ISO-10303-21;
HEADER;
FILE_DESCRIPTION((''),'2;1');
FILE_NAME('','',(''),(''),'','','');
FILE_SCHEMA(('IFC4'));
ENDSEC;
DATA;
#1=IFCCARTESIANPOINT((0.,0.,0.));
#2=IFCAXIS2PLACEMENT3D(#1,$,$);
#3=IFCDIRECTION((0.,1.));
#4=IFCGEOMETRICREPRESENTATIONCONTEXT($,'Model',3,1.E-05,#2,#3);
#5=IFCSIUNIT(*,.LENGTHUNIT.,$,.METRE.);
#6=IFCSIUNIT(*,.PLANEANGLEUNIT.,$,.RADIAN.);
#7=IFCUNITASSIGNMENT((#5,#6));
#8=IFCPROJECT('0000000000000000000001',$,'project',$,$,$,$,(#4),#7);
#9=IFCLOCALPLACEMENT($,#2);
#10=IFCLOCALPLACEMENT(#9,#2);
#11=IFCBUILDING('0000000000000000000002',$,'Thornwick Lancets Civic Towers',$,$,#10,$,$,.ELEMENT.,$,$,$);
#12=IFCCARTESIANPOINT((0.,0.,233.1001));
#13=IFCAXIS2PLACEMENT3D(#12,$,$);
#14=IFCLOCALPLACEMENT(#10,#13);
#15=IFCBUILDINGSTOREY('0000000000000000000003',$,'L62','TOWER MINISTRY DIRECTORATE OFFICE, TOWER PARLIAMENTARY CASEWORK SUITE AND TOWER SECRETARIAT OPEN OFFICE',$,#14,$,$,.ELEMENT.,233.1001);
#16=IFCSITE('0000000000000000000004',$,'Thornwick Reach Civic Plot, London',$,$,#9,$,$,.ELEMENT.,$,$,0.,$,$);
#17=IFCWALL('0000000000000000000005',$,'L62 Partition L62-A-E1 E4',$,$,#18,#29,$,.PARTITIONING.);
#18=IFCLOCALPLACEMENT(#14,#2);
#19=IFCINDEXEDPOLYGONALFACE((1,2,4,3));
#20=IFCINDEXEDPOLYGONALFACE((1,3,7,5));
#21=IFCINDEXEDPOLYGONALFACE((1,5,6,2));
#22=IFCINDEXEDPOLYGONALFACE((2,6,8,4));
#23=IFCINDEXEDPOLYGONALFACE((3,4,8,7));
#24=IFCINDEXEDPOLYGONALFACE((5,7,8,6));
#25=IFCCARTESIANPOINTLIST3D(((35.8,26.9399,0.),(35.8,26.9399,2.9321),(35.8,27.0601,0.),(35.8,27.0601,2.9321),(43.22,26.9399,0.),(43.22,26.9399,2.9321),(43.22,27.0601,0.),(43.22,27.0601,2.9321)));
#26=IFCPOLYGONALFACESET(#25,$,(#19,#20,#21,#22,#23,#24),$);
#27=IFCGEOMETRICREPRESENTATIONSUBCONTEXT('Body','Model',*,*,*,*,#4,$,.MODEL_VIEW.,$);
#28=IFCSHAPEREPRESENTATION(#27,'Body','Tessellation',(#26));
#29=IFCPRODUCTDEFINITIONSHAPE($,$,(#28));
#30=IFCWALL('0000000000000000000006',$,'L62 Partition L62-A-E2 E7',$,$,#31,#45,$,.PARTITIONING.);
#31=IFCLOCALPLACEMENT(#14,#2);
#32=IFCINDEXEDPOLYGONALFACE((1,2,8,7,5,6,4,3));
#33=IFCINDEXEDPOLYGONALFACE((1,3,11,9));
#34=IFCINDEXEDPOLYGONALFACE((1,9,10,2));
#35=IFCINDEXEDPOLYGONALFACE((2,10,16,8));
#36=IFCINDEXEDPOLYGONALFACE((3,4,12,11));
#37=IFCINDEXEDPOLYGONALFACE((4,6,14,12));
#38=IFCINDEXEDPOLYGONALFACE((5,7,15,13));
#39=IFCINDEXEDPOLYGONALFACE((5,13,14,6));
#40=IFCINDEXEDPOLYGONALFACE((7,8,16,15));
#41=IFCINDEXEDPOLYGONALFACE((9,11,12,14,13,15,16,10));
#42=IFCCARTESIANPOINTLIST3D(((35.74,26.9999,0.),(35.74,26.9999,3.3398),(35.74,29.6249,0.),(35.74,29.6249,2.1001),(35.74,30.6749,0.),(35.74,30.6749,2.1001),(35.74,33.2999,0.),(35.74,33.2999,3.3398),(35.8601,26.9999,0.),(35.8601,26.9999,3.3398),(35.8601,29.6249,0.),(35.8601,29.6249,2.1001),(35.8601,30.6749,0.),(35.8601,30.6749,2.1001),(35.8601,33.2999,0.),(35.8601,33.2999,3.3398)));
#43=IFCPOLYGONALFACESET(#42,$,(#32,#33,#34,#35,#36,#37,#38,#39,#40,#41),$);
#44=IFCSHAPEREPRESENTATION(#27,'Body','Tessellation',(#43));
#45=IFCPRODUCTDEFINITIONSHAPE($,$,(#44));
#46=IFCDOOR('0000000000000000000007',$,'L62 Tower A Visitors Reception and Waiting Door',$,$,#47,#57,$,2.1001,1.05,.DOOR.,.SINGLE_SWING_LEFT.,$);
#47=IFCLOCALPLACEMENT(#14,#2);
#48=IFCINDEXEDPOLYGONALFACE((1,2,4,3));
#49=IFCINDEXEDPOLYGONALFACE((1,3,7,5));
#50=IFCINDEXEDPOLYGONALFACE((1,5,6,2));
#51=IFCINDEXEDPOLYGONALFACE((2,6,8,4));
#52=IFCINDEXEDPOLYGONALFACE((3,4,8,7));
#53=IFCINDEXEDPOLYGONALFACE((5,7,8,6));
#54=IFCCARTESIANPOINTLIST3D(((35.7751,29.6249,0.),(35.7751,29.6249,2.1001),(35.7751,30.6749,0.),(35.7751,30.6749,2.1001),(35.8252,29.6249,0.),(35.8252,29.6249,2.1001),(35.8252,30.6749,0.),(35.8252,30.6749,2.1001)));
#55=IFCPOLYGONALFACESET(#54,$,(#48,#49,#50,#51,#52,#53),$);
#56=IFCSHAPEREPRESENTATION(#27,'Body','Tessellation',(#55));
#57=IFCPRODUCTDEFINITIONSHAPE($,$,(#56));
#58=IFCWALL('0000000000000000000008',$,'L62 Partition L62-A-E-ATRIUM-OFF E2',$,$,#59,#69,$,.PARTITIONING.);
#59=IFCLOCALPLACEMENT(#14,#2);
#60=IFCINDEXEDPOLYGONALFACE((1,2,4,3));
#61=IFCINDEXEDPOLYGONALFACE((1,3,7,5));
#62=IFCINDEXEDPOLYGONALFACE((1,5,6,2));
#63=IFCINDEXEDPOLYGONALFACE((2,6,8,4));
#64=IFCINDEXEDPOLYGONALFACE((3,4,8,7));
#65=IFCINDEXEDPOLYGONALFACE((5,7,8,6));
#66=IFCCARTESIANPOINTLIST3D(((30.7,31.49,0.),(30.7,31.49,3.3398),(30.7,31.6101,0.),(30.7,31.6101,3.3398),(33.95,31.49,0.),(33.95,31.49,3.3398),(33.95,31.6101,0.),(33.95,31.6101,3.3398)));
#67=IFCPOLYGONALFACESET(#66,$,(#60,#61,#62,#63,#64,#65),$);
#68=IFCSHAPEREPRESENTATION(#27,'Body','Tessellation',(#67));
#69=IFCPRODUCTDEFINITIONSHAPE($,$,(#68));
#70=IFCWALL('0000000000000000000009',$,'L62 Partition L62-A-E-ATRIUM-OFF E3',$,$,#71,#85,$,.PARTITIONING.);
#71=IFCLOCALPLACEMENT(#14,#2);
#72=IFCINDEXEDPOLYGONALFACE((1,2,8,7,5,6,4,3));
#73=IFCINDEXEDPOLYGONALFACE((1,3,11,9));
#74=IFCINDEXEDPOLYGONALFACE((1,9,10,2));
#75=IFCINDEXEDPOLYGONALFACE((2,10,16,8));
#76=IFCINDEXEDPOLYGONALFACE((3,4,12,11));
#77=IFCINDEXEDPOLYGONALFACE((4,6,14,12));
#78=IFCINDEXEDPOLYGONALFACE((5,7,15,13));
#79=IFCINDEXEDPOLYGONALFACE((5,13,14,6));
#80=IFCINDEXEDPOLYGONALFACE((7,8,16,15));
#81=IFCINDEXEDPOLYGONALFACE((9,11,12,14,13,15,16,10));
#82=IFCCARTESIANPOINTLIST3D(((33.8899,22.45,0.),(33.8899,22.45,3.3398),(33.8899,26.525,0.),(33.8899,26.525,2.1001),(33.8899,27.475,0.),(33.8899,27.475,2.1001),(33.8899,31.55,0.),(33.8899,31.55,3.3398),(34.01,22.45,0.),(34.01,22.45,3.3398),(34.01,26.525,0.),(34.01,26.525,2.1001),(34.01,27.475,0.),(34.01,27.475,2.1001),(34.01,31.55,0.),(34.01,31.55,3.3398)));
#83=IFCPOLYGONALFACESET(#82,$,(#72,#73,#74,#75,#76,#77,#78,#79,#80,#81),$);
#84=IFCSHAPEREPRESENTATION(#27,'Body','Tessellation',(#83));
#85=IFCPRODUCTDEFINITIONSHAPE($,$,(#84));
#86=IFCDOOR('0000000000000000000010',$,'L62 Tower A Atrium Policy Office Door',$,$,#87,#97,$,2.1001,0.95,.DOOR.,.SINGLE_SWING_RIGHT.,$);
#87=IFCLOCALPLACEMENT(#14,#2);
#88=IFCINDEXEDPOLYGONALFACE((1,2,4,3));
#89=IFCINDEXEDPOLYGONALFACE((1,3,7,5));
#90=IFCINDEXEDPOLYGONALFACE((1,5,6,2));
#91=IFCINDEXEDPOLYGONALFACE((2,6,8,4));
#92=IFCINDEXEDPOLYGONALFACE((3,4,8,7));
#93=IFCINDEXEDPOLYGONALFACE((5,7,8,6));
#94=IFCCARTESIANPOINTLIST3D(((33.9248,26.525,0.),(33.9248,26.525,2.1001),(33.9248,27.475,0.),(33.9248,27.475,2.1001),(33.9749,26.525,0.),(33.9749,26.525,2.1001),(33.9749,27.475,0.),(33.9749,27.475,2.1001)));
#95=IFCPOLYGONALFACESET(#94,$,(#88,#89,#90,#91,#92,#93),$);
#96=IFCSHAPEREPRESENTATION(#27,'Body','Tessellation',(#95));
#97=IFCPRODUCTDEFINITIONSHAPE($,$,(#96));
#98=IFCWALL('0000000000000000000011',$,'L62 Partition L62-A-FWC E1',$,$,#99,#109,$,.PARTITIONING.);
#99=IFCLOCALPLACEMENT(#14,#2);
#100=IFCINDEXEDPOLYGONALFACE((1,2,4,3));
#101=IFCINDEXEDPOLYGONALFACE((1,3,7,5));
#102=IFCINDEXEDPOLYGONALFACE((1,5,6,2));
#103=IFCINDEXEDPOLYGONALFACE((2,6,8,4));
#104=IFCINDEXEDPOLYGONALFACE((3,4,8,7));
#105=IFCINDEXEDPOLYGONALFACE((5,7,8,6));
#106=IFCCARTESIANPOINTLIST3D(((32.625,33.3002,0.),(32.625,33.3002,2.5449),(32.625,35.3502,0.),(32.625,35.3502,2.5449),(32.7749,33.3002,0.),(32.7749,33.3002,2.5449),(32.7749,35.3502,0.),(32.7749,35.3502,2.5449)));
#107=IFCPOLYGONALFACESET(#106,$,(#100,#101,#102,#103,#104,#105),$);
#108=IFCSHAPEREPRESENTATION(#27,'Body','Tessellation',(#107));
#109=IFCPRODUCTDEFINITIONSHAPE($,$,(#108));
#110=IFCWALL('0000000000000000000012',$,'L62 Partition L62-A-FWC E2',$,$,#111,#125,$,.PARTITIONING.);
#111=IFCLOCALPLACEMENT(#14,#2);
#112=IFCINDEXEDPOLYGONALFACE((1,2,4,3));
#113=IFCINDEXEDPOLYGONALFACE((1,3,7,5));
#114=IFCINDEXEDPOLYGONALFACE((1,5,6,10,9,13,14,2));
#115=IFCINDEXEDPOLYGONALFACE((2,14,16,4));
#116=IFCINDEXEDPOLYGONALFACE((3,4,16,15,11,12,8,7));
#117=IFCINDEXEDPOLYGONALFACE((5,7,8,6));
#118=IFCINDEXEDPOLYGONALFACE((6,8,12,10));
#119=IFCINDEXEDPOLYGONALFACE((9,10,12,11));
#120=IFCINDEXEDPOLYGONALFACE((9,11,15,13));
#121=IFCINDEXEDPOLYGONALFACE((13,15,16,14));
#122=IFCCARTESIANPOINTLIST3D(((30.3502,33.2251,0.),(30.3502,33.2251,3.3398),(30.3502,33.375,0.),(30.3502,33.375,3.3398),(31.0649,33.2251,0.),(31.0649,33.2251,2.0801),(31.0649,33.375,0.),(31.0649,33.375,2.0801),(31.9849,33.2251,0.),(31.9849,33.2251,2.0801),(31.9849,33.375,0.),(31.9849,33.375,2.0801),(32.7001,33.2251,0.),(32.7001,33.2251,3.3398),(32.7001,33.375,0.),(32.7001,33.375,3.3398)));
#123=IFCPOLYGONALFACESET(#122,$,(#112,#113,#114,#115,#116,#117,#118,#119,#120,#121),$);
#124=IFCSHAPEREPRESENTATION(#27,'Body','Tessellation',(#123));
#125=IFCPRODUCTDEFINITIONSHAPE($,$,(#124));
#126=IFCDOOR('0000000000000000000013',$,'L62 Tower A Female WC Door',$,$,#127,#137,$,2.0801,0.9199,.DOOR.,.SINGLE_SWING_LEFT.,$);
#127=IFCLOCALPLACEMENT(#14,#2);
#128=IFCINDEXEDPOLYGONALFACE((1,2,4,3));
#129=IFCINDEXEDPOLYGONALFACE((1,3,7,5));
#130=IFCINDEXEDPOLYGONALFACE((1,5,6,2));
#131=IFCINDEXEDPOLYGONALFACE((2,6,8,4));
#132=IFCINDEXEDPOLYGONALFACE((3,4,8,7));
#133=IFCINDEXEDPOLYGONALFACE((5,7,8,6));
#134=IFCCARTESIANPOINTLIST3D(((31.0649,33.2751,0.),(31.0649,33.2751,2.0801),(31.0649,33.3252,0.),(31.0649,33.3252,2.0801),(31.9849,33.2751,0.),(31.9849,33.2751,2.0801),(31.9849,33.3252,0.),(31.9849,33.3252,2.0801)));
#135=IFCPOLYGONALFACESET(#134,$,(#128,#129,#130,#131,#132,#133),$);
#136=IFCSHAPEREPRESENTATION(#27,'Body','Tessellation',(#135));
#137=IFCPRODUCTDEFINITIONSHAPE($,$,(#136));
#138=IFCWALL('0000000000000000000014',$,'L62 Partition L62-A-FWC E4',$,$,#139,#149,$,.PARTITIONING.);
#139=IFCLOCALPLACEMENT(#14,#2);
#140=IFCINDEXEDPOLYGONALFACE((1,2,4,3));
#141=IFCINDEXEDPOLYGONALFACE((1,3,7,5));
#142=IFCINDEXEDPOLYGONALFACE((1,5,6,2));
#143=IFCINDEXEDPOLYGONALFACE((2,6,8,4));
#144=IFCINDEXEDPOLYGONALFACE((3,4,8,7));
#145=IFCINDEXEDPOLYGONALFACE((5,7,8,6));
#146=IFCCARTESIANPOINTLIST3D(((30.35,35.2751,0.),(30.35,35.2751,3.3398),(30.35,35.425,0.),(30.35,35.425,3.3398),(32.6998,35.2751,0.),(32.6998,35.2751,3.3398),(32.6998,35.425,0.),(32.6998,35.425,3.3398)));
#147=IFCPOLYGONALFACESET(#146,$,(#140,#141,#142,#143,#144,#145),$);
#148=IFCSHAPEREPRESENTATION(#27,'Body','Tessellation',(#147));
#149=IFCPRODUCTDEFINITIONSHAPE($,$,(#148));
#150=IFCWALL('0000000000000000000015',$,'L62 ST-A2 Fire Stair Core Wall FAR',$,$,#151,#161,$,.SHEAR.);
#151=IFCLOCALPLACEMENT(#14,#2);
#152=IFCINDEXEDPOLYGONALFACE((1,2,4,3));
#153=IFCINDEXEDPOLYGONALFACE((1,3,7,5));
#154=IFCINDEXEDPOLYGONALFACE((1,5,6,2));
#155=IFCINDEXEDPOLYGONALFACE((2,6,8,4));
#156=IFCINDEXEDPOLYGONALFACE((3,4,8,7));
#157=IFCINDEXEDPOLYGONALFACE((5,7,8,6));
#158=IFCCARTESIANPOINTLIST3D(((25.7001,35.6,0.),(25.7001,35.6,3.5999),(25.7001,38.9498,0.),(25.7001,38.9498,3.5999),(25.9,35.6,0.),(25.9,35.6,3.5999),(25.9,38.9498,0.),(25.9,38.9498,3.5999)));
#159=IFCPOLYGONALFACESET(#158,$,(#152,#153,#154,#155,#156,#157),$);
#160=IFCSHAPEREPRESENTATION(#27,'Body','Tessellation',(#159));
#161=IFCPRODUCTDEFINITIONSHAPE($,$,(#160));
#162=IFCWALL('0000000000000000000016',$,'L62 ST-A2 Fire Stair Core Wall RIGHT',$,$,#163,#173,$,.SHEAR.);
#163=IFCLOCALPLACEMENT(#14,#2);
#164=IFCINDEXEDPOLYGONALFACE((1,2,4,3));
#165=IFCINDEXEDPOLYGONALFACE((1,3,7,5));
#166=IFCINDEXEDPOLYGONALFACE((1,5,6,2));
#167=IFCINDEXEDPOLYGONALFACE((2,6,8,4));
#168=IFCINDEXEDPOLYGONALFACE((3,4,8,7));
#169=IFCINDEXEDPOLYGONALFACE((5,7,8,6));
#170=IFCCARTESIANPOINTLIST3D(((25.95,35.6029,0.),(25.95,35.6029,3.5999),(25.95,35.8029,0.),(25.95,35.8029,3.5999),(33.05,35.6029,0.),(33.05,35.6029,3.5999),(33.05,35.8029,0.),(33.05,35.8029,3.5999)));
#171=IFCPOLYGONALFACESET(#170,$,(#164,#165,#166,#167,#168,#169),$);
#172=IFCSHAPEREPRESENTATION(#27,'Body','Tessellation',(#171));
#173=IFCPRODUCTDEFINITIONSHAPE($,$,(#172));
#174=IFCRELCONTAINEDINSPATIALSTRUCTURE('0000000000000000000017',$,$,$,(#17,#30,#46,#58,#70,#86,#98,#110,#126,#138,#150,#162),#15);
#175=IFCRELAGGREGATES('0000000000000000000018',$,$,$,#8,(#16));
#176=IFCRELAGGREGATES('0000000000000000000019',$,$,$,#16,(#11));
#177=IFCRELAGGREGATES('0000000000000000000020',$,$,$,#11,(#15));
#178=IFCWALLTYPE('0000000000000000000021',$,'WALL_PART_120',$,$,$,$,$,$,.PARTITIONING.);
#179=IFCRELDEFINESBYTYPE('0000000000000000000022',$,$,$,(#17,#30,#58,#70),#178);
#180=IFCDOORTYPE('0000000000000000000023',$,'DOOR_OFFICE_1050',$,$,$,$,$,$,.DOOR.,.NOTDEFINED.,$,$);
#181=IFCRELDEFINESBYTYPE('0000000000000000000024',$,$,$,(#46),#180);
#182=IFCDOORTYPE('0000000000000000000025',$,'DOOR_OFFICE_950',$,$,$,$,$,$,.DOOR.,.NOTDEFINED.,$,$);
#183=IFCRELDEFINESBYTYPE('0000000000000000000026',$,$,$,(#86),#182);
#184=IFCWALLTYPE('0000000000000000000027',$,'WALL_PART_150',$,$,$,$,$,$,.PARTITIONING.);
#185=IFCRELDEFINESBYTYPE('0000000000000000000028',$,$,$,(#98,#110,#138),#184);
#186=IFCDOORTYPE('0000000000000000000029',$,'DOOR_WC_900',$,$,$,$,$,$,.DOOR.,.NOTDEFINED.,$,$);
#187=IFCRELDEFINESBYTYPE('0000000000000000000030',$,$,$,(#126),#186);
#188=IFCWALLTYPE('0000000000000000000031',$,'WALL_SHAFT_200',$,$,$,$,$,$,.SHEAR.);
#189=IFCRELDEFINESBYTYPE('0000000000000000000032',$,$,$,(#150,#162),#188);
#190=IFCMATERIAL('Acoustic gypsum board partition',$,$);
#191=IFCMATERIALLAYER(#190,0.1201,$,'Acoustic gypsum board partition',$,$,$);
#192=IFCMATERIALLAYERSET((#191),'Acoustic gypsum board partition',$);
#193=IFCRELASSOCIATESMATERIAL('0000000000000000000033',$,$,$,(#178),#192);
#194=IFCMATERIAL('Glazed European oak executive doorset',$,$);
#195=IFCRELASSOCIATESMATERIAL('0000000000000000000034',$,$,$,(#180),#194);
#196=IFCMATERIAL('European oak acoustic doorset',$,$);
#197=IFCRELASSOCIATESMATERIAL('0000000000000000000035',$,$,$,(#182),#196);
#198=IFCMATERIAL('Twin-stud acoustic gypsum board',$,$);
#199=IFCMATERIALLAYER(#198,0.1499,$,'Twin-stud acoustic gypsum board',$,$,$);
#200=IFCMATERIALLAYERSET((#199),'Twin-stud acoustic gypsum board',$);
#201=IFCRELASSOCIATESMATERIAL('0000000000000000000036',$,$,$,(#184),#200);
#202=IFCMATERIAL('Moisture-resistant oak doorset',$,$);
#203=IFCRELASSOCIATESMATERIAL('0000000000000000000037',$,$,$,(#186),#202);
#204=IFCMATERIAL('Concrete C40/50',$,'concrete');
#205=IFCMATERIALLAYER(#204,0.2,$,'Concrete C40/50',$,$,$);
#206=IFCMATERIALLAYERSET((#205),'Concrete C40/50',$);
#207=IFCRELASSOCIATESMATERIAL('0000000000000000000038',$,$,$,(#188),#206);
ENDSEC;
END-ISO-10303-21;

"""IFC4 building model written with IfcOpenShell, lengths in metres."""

from ifc_helpers import new_model, si_unit, direction, frame, frame_2d, origin, place, context, subcontext, project, spatial, rectangle, extrude, material, layer, layer_set, type_object, element, fill, save


model = new_model("IFC4")

# Units and contexts
model_context = context("Model", 3, precision=1e-05, world=origin(), true_north=direction((0.0, 1.0)))
body_context = subcontext(model_context, "Body", "Model", "MODEL_VIEW")
ifc_project = project(units=[si_unit("LENGTHUNIT", "METRE"), si_unit("PLANEANGLEUNIT", "RADIAN")], contexts=[model_context])

# Site, building, storey
site_placement = place(None, origin())
site = spatial("IfcSite", under=ifc_project, at=site_placement, Name="Thornwick Reach Civic Plot, London", CompositionType="ELEMENT", RefElevation=0.0)
building_placement = place(site_placement, origin())
building = spatial("IfcBuilding", under=site, at=building_placement, Name="Thornwick Lancets Civic Towers", CompositionType="ELEMENT")
storey_placement = place(building_placement, frame((0.0, 0.0, 233.1001)))
storey = spatial("IfcBuildingStorey", under=building, at=storey_placement, Name="L62", Description="TOWER MINISTRY DIRECTORATE OFFICE, TOWER PARLIAMENTARY CASEWORK SUITE AND TOWER SECRETARIAT OPEN OFFICE", CompositionType="ELEMENT", Elevation=233.1001)

# Wall
ifc_material_1 = material(Name="Acoustic gypsum board partition")
ifc_layer_1 = layer(ifc_material_1, 0.1201, Name="Acoustic gypsum board partition")
ifc_layer_set_1 = layer_set([ifc_layer_1], Name="Acoustic gypsum board partition")
wall_type_1 = type_object("IfcWallType", Name="WALL_PART_120", PredefinedType="PARTITIONING", material=ifc_layer_set_1)
wall_1_placement = place(storey_placement, frame((35.8, 27.0, 0.0), z_axis=(0.0, 0.0, 1.0), x_axis=(1.0, 0.0, 0.0)))
element("IfcWall", 1, at=wall_1_placement, inside=storey, type_object=wall_type_1, Name="L62 Partition L62-A-E1 E4", PredefinedType="PARTITIONING", context=body_context, shape_type="SweptSolid", body=[
    extrude(rectangle(XDim=7.4199, YDim=0.1201, at=frame_2d((3.71, 0.0))), origin(), (0.0, 0.0, 1.0), 2.9321),
])

# Wall, opening, door
wall_2_placement = place(storey_placement, frame((35.8, 27.0, 0.0), z_axis=(0.0, 0.0, 1.0), x_axis=(0.0, 1.0, 0.0)))
wall_2 = element("IfcWall", 2, at=wall_2_placement, inside=storey, type_object=wall_type_1, Name="L62 Partition L62-A-E2 E7", PredefinedType="PARTITIONING", context=body_context, shape_type="SweptSolid", body=[
    extrude(rectangle(XDim=6.3, YDim=0.1201, at=frame_2d((3.1499, 0.0))), origin(), (0.0, 0.0, 1.0), 3.3398),
])
opening_1_placement = place(wall_2_placement, frame((2.625, 0.0, 0.0)))
opening_1 = element("IfcOpeningElement", 3, at=opening_1_placement, cuts=wall_2, PredefinedType="OPENING", context=body_context, shape_type="SweptSolid", body=[
    extrude(rectangle(XDim=1.05, YDim=2.1001, at=frame_2d((0.5249, 1.05))), frame((0.0, 0.0701, 0.0), z_axis=(0.0, -1.0, 0.0), x_axis=(1.0, 0.0, 0.0)), (0.0, 0.0, 1.0), 0.1401),
])
ifc_material_2 = material(Name="Glazed European oak executive doorset")
door_type_1 = type_object("IfcDoorType", Name="DOOR_OFFICE_1050", OperationType="NOTDEFINED", PredefinedType="DOOR", material=ifc_material_2)
door_1_placement = place(opening_1_placement, origin())
door_1 = element("IfcDoor", 4, at=door_1_placement, inside=storey, type_object=door_type_1, Name="L62 Tower A Visitors Reception and Waiting Door", OperationType="SINGLE_SWING_LEFT", OverallHeight=2.1001, OverallWidth=1.05, PredefinedType="DOOR", context=body_context, shape_type="SweptSolid", body=[
    extrude(rectangle(XDim=1.05, YDim=2.1001, at=frame_2d((0.5249, 1.05))), frame((0.0, 0.0249, 0.0), z_axis=(0.0, -1.0, 0.0), x_axis=(1.0, 0.0, 0.0)), (0.0, 0.0, 1.0), 0.05),
])
fill(opening_1, door_1)

# Wall
wall_3_placement = place(storey_placement, frame((30.7, 31.55, 0.0), z_axis=(0.0, 0.0, 1.0), x_axis=(1.0, 0.0, 0.0)))
element("IfcWall", 5, at=wall_3_placement, inside=storey, type_object=wall_type_1, Name="L62 Partition L62-A-E-ATRIUM-OFF E2", PredefinedType="PARTITIONING", context=body_context, shape_type="SweptSolid", body=[
    extrude(rectangle(XDim=3.25, YDim=0.1201, at=frame_2d((1.625, 0.0))), origin(), (0.0, 0.0, 1.0), 3.3398),
])

# Wall, opening, door
wall_4_placement = place(storey_placement, frame((33.95, 31.55, 0.0), z_axis=(0.0, 0.0, 1.0), x_axis=(0.0, -1.0, 0.0)))
wall_4 = element("IfcWall", 6, at=wall_4_placement, inside=storey, type_object=wall_type_1, Name="L62 Partition L62-A-E-ATRIUM-OFF E3", PredefinedType="PARTITIONING", context=body_context, shape_type="SweptSolid", body=[
    extrude(rectangle(XDim=9.1001, YDim=0.1201, at=frame_2d((4.55, 0.0))), origin(), (0.0, 0.0, 1.0), 3.3398),
])
opening_2_placement = place(wall_4_placement, frame((4.075, 0.0, 0.0)))
opening_2 = element("IfcOpeningElement", 7, at=opening_2_placement, cuts=wall_4, PredefinedType="OPENING", context=body_context, shape_type="SweptSolid", body=[
    extrude(rectangle(XDim=0.95, YDim=2.1001, at=frame_2d((0.4751, 1.05))), frame((0.0, 0.0701, 0.0), z_axis=(0.0, -1.0, 0.0), x_axis=(1.0, 0.0, 0.0)), (0.0, 0.0, 1.0), 0.1401),
])
ifc_material_3 = material(Name="European oak acoustic doorset")
door_type_2 = type_object("IfcDoorType", Name="DOOR_OFFICE_950", OperationType="NOTDEFINED", PredefinedType="DOOR", material=ifc_material_3)
door_2_placement = place(opening_2_placement, origin())
door_2 = element("IfcDoor", 8, at=door_2_placement, inside=storey, type_object=door_type_2, Name="L62 Tower A Atrium Policy Office Door", OperationType="SINGLE_SWING_RIGHT", OverallHeight=2.1001, OverallWidth=0.95, PredefinedType="DOOR", context=body_context, shape_type="SweptSolid", body=[
    extrude(rectangle(XDim=0.95, YDim=2.1001, at=frame_2d((0.4751, 1.05))), frame((0.0, 0.0249, 0.0), z_axis=(0.0, -1.0, 0.0), x_axis=(1.0, 0.0, 0.0)), (0.0, 0.0, 1.0), 0.05),
])
fill(opening_2, door_2)

# Wall
ifc_material_4 = material(Name="Twin-stud acoustic gypsum board")
ifc_layer_2 = layer(ifc_material_4, 0.1499, Name="Twin-stud acoustic gypsum board")
ifc_layer_set_2 = layer_set([ifc_layer_2], Name="Twin-stud acoustic gypsum board")
wall_type_2 = type_object("IfcWallType", Name="WALL_PART_150", PredefinedType="PARTITIONING", material=ifc_layer_set_2)
wall_5_placement = place(storey_placement, frame((32.7, 35.3501, 0.0), z_axis=(0.0, 0.0, 1.0), x_axis=(0.0, -1.0, 0.0)))
element("IfcWall", 9, at=wall_5_placement, inside=storey, type_object=wall_type_2, Name="L62 Partition L62-A-FWC E1", PredefinedType="PARTITIONING", context=body_context, shape_type="SweptSolid", body=[
    extrude(rectangle(XDim=2.05, YDim=0.1499, at=frame_2d((1.0249, 0.0))), origin(), (0.0, 0.0, 1.0), 2.5449),
])

# Wall, opening, door
wall_6_placement = place(storey_placement, frame((32.7, 33.3, 0.0), z_axis=(0.0, 0.0, 1.0), x_axis=(-1.0, 0.0, 0.0)))
wall_6 = element("IfcWall", 10, at=wall_6_placement, inside=storey, type_object=wall_type_2, Name="L62 Partition L62-A-FWC E2", PredefinedType="PARTITIONING", context=body_context, shape_type="SweptSolid", body=[
    extrude(rectangle(XDim=2.3499, YDim=0.1499, at=frame_2d((1.1748, 0.0))), origin(), (0.0, 0.0, 1.0), 3.3398),
])
opening_3_placement = place(wall_6_placement, frame((0.7151, 0.0, 0.0)))
opening_3 = element("IfcOpeningElement", 11, at=opening_3_placement, cuts=wall_6, PredefinedType="OPENING", context=body_context, shape_type="SweptSolid", body=[
    extrude(rectangle(XDim=0.9199, YDim=2.0801, at=frame_2d((0.46, 1.04))), frame((0.0, 0.085, 0.0), z_axis=(0.0, -1.0, 0.0), x_axis=(1.0, 0.0, 0.0)), (0.0, 0.0, 1.0), 0.1699),
])
ifc_material_5 = material(Name="Moisture-resistant oak doorset")
door_type_3 = type_object("IfcDoorType", Name="DOOR_WC_900", OperationType="NOTDEFINED", PredefinedType="DOOR", material=ifc_material_5)
door_3_placement = place(opening_3_placement, origin())
door_3 = element("IfcDoor", 12, at=door_3_placement, inside=storey, type_object=door_type_3, Name="L62 Tower A Female WC Door", OperationType="SINGLE_SWING_LEFT", OverallHeight=2.0801, OverallWidth=0.9199, PredefinedType="DOOR", context=body_context, shape_type="SweptSolid", body=[
    extrude(rectangle(XDim=0.9199, YDim=2.0801, at=frame_2d((0.46, 1.04))), frame((0.0, 0.0249, 0.0), z_axis=(0.0, -1.0, 0.0), x_axis=(1.0, 0.0, 0.0)), (0.0, 0.0, 1.0), 0.05),
])
fill(opening_3, door_3)

# Walls
wall_7_placement = place(storey_placement, frame((30.3501, 35.3501, 0.0), z_axis=(0.0, 0.0, 1.0), x_axis=(1.0, 0.0, 0.0)))
element("IfcWall", 13, at=wall_7_placement, inside=storey, type_object=wall_type_2, Name="L62 Partition L62-A-FWC E4", PredefinedType="PARTITIONING", context=body_context, shape_type="SweptSolid", body=[
    extrude(rectangle(XDim=2.3499, YDim=0.1499, at=frame_2d((1.1748, 0.0))), origin(), (0.0, 0.0, 1.0), 3.3398),
])
ifc_material_6 = material(Name="Concrete C40/50", Category="concrete")
ifc_layer_3 = layer(ifc_material_6, 0.2, Name="Concrete C40/50")
ifc_layer_set_3 = layer_set([ifc_layer_3], Name="Concrete C40/50")
wall_type_3 = type_object("IfcWallType", Name="WALL_SHAFT_200", PredefinedType="SHEAR", material=ifc_layer_set_3)
wall_8_placement = place(storey_placement, frame((25.8, 35.6001, 0.0), z_axis=(0.0, 0.0, 1.0), x_axis=(0.0, 1.0, 0.0)))
element("IfcWall", 14, at=wall_8_placement, inside=storey, type_object=wall_type_3, Name="L62 ST-A2 Fire Stair Core Wall FAR", PredefinedType="SHEAR", context=body_context, shape_type="SweptSolid", body=[
    extrude(rectangle(XDim=3.3499, YDim=0.2, at=frame_2d((1.6748, 0.0))), origin(), (0.0, 0.0, 1.0), 3.5999),
])
wall_9_placement = place(storey_placement, frame((25.95, 35.7029, 0.0), z_axis=(0.0, 0.0, 1.0), x_axis=(1.0, 0.0, 0.0)))
element("IfcWall", 15, at=wall_9_placement, inside=storey, type_object=wall_type_3, Name="L62 ST-A2 Fire Stair Core Wall RIGHT", PredefinedType="SHEAR", context=body_context, shape_type="SweptSolid", body=[
    extrude(rectangle(XDim=7.1001, YDim=0.2, at=frame_2d((3.55, 0.0))), origin(), (0.0, 0.0, 1.0), 3.5999),
])

save(model, "model.ifc")
